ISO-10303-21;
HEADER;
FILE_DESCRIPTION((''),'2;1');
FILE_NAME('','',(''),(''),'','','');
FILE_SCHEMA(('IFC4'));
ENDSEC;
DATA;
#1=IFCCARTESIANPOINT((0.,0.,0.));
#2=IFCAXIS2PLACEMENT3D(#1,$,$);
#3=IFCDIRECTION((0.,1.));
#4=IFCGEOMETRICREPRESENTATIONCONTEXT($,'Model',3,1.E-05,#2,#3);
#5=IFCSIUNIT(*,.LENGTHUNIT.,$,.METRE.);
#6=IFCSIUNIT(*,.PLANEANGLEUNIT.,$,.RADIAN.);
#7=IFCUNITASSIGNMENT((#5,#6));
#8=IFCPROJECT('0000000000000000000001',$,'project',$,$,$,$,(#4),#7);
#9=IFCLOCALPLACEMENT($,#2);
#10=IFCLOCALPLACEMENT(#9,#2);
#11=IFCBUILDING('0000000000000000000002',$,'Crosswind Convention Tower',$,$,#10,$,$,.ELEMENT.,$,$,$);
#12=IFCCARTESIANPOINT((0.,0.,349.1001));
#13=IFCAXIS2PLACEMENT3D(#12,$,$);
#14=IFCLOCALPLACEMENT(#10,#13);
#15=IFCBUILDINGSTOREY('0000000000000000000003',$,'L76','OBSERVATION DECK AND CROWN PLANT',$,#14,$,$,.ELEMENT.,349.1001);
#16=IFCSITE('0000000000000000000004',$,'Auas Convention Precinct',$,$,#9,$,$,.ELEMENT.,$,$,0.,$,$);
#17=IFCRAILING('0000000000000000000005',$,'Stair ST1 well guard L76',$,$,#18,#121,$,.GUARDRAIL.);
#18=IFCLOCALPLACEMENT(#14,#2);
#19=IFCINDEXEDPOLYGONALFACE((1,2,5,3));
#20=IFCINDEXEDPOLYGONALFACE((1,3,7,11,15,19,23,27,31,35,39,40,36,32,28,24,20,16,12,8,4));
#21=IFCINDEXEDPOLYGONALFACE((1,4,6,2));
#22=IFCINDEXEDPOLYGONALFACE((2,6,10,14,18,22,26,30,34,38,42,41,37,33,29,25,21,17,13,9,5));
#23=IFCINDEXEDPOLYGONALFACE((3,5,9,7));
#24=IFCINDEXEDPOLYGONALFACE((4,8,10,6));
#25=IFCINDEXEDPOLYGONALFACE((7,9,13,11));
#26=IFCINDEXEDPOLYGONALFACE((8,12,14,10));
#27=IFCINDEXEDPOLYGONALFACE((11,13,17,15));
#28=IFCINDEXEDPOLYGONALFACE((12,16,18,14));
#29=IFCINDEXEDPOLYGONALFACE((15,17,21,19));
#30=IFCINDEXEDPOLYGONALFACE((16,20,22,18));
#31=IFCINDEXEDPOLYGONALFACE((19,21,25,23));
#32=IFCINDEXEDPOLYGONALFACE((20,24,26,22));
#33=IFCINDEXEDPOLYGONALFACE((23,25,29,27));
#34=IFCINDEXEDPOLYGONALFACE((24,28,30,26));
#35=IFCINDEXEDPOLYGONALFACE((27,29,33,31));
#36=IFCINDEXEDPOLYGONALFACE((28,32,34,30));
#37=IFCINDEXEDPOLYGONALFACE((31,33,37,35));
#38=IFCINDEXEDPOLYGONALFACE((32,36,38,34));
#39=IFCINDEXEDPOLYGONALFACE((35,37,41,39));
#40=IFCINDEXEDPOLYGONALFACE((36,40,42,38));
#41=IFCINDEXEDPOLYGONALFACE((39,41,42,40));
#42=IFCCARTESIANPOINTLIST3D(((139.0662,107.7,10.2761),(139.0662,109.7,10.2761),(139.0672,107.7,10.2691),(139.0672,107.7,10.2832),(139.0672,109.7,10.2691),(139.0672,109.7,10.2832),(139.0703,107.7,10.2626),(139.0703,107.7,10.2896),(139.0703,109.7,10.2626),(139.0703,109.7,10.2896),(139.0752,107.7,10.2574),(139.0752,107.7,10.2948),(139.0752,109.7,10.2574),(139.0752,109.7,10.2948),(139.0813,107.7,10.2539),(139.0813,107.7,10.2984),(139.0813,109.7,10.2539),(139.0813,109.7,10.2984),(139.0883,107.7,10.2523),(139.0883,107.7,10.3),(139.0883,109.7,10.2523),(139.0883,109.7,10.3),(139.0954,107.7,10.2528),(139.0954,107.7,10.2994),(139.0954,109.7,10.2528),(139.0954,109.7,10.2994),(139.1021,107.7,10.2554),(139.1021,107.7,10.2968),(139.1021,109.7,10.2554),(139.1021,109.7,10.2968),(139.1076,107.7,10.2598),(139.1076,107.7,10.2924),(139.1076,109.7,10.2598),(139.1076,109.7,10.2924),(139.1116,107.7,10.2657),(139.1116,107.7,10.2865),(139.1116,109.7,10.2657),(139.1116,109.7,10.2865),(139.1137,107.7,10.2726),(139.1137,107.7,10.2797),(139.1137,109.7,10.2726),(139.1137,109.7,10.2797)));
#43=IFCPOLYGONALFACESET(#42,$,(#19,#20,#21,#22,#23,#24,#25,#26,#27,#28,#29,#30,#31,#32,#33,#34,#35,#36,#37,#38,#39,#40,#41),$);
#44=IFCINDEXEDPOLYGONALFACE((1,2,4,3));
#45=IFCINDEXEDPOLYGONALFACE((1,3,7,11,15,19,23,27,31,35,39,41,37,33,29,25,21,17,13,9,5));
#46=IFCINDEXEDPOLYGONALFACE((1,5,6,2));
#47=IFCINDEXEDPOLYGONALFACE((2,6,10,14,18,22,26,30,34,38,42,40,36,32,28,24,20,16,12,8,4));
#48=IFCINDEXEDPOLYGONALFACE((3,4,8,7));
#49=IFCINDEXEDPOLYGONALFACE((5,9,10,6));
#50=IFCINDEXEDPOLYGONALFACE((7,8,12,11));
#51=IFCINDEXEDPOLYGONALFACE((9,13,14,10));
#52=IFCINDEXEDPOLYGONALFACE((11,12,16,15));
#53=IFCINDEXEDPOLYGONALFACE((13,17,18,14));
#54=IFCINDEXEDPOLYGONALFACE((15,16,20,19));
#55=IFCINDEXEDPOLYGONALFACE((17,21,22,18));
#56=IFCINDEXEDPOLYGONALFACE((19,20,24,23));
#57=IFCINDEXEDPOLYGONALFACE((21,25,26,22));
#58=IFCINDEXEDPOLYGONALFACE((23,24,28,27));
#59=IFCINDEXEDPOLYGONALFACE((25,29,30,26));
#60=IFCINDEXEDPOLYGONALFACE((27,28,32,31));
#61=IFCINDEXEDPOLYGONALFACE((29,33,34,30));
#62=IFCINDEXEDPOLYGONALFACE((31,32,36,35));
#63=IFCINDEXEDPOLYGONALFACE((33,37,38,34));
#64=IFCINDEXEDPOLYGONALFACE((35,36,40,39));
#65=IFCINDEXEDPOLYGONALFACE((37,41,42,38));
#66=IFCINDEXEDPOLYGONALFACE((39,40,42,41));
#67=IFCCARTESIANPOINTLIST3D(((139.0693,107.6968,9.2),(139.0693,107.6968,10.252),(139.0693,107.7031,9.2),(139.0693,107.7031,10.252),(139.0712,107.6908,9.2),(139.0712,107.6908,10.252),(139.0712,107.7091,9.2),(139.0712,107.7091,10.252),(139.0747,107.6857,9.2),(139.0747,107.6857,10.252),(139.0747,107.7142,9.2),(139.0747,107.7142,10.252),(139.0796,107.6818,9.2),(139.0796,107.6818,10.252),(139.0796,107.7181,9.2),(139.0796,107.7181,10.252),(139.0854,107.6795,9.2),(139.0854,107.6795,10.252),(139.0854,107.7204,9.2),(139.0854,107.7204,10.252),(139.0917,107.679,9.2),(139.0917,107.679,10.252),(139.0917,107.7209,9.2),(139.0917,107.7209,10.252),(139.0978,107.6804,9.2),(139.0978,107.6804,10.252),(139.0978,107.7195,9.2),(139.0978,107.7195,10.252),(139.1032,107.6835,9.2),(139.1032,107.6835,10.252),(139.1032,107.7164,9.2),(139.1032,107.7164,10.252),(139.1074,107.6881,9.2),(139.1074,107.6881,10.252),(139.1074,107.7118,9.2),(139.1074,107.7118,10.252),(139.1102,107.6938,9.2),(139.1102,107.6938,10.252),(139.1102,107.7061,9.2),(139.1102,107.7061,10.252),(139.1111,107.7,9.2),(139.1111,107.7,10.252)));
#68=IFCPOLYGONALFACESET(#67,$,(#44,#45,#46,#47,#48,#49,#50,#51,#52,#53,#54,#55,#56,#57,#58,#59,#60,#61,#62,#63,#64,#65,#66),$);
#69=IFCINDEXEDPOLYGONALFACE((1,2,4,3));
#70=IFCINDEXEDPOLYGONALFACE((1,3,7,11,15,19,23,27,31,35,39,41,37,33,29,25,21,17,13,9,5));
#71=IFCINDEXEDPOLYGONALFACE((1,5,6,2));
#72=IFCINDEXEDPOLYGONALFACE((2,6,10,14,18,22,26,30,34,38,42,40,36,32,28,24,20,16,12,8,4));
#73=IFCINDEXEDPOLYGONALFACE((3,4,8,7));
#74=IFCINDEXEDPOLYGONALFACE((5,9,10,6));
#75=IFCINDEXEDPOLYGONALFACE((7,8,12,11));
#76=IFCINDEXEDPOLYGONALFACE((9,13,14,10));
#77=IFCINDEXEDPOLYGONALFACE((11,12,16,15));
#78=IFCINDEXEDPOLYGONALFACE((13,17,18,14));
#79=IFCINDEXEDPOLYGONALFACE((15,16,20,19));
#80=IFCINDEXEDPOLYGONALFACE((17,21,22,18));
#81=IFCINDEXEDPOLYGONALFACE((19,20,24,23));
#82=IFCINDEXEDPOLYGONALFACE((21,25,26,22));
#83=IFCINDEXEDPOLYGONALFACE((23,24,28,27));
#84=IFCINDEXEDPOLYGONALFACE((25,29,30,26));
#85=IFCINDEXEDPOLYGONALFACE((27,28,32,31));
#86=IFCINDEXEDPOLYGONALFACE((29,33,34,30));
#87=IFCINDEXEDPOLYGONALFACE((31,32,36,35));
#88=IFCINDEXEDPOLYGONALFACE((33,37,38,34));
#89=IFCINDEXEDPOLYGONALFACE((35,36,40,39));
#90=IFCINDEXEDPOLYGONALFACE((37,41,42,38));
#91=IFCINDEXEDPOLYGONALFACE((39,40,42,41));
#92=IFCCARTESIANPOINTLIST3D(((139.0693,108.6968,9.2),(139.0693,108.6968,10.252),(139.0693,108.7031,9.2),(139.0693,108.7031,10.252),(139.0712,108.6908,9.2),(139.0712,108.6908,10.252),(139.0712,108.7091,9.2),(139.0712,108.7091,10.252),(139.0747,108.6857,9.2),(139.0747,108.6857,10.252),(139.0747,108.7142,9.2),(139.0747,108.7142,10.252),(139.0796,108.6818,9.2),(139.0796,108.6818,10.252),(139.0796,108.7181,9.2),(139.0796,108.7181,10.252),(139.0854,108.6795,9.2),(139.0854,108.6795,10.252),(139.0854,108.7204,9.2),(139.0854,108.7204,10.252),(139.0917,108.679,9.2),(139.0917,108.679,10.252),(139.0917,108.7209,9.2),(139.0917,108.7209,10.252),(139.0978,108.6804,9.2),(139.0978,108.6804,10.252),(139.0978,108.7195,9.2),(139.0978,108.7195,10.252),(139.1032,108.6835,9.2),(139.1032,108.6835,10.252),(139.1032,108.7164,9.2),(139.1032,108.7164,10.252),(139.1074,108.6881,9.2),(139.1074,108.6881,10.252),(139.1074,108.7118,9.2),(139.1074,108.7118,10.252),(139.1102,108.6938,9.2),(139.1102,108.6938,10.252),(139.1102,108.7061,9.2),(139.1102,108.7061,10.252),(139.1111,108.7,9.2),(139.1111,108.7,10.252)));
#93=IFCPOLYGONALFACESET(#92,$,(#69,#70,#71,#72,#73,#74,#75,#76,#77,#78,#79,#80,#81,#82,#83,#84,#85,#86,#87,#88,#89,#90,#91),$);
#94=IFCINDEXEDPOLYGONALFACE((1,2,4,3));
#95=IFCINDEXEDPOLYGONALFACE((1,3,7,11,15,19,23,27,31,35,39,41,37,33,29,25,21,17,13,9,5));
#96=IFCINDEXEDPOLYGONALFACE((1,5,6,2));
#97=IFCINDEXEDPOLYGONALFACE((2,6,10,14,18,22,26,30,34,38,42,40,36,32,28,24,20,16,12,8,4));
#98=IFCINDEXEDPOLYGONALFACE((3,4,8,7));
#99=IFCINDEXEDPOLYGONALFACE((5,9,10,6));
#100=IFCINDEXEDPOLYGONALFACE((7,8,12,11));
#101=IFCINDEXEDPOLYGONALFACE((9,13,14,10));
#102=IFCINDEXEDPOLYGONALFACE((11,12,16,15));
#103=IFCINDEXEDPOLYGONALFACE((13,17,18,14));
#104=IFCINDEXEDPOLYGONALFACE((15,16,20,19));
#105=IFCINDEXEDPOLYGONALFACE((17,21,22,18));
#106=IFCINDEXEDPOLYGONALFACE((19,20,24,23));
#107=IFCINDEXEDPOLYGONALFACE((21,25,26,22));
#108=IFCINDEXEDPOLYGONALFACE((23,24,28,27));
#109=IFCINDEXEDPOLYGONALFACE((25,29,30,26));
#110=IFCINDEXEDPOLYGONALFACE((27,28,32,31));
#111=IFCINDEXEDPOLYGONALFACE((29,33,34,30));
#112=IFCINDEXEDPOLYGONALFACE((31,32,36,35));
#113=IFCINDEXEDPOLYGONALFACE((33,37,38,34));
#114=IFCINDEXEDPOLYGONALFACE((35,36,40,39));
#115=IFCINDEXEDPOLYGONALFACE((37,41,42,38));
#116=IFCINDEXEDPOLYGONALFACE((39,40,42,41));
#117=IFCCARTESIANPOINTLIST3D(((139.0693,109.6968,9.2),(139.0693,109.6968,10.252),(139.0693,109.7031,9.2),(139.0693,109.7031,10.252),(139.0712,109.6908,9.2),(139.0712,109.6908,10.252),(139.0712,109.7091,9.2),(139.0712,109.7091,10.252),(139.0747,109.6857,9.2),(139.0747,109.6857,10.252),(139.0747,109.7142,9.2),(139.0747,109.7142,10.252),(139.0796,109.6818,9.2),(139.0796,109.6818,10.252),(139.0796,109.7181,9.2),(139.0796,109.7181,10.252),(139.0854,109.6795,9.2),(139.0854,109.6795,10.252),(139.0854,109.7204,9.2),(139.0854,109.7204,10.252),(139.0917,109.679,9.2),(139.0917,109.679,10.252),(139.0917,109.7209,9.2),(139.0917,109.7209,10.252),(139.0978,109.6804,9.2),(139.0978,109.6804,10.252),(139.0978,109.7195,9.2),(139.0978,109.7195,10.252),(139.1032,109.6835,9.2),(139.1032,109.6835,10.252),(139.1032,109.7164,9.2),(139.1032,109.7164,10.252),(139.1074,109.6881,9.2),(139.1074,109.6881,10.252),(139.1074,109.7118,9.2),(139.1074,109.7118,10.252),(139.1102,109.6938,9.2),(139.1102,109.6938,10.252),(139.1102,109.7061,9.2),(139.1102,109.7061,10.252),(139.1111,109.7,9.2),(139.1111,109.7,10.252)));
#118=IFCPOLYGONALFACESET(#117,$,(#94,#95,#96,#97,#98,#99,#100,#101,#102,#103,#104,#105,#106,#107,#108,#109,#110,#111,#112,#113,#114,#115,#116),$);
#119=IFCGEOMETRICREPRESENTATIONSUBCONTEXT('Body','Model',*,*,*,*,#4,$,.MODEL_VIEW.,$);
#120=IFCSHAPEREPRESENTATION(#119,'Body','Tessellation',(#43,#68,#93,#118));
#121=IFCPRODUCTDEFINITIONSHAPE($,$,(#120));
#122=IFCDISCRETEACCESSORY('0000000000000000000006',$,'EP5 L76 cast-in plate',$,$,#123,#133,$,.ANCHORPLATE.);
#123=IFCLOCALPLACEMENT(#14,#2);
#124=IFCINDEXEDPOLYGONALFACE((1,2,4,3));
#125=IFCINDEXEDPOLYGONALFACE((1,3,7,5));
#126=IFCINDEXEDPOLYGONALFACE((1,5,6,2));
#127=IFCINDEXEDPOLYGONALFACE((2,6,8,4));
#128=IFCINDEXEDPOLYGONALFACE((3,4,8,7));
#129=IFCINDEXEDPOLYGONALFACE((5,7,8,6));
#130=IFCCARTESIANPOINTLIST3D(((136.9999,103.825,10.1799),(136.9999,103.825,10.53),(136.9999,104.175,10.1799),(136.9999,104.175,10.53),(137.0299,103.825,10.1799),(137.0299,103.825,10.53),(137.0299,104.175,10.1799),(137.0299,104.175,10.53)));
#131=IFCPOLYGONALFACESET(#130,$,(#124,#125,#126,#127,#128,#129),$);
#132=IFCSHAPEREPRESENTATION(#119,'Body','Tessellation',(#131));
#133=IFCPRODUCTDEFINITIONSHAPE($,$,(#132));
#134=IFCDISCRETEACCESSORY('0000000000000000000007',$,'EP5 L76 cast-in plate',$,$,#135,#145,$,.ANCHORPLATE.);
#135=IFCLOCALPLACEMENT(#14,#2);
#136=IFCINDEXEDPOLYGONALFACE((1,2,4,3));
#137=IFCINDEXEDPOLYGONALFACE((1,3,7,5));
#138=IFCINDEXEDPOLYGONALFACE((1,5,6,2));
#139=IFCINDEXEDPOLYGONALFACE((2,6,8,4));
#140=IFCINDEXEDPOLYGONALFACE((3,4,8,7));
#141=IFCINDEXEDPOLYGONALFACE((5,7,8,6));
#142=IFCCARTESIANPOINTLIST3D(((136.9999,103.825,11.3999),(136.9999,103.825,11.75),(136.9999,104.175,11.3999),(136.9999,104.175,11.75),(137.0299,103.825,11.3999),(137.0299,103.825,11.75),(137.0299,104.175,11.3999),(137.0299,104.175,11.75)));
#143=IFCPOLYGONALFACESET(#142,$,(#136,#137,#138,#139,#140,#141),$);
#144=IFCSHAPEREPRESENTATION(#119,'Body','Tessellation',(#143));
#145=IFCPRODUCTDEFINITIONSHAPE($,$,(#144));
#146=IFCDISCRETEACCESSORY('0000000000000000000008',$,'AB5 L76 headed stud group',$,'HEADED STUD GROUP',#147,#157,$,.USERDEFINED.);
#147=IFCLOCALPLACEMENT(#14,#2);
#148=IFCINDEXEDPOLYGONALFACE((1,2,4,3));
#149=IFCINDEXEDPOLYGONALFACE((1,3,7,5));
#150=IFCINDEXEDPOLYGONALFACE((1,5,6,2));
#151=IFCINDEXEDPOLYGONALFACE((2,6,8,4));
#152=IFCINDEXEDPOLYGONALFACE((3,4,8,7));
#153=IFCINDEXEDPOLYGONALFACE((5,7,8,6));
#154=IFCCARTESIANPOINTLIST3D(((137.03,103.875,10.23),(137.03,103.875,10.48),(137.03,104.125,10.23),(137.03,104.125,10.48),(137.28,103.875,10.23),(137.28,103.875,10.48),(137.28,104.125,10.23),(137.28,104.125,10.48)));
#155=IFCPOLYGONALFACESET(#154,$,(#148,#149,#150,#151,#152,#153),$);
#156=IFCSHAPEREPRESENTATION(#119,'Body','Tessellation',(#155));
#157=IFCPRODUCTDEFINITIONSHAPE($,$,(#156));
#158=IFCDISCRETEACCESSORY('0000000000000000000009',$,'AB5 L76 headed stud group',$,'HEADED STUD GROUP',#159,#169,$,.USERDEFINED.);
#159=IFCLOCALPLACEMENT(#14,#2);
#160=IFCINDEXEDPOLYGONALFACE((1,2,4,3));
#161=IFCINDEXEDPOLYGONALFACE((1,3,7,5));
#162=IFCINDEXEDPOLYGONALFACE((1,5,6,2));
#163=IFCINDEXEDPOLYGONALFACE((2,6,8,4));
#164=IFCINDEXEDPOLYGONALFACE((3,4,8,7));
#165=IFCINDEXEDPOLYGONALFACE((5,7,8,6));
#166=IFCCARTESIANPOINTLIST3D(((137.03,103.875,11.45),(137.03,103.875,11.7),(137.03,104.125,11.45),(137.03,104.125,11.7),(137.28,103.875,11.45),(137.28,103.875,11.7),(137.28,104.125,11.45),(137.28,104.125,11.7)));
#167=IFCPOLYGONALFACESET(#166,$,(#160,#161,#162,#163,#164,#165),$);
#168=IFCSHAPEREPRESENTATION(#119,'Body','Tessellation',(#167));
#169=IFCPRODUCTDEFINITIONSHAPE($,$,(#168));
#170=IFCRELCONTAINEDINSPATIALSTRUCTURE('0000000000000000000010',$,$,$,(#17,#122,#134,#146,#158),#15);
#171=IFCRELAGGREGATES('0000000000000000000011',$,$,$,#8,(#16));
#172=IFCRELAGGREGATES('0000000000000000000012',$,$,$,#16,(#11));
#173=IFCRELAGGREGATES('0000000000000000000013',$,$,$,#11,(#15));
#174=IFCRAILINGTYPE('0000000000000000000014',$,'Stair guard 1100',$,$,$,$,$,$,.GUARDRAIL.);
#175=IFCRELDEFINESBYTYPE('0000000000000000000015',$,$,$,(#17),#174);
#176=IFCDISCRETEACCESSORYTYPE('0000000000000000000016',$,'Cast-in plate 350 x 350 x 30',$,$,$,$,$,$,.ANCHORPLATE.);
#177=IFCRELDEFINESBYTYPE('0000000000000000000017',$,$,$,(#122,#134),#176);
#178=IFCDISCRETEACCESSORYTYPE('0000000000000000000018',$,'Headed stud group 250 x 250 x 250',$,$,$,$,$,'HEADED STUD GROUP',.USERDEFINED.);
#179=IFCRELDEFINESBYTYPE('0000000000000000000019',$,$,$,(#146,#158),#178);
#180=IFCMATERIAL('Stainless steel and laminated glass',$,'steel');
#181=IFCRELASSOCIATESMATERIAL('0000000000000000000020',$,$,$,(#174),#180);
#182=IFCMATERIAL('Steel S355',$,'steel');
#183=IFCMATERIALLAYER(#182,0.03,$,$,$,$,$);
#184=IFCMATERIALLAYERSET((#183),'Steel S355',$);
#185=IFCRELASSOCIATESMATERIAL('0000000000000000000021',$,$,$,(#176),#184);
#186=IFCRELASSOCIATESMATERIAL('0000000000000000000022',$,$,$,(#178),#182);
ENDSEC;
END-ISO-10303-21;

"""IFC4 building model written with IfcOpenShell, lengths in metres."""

from ifc_helpers import new_model, si_unit, direction, frame, origin, origin_2d, place, context, subcontext, project, spatial, rectangle, circle, extrude, material, layer, layer_set, type_object, element, save


model = new_model("IFC4")

# Units and contexts
model_context = context("Model", 3, precision=1e-05, world=origin(), true_north=direction((0.0, 1.0)))
body_context = subcontext(model_context, "Body", "Model", "MODEL_VIEW")
ifc_project = project(units=[si_unit("LENGTHUNIT", "METRE"), si_unit("PLANEANGLEUNIT", "RADIAN")], contexts=[model_context])

# Site, building, storey
site_placement = place(None, origin())
site = spatial("IfcSite", under=ifc_project, at=site_placement, Name="Auas Convention Precinct", CompositionType="ELEMENT", RefElevation=0.0)
building_placement = place(site_placement, origin())
building = spatial("IfcBuilding", under=site, at=building_placement, Name="Crosswind Convention Tower", CompositionType="ELEMENT")
storey_placement = place(building_placement, frame((0.0, 0.0, 349.1001)))
storey = spatial("IfcBuildingStorey", under=building, at=storey_placement, Name="L76", Description="OBSERVATION DECK AND CROWN PLANT", CompositionType="ELEMENT", Elevation=349.1001)

# Railing
ifc_material_1 = material(Name="Stainless steel and laminated glass", Category="steel")
railing_type = type_object("IfcRailingType", Name="Stair guard 1100", PredefinedType="GUARDRAIL", material=ifc_material_1)
railing_placement = place(storey_placement, frame((139.0901, 107.7, 9.2)))
element("IfcRailing", 1, at=railing_placement, inside=storey, type_object=railing_type, Name="Stair ST1 well guard L76", PredefinedType="GUARDRAIL", context=body_context, shape_type="SweptSolid", body=[
    extrude(circle(Radius=0.0239, at=origin_2d()), frame((0.0, 0.0, 1.0762), z_axis=(0.0, 1.0, 0.0), x_axis=(-1.0, 0.0, 0.0)), (0.0, 0.0, 1.0), 2.0),
    extrude(circle(Radius=0.021, at=origin_2d()), origin(), (0.0, 0.0, 1.0), 1.052),
    extrude(circle(Radius=0.021, at=origin_2d()), frame((0.0, 1.0, 0.0)), (0.0, 0.0, 1.0), 1.052),
    extrude(circle(Radius=0.021, at=origin_2d()), frame((0.0, 2.0, 0.0)), (0.0, 0.0, 1.0), 1.052),
])

# Discrete accessories
ifc_material_2 = material(Name="Steel S355", Category="steel")
ifc_layer_1 = layer(ifc_material_2, 0.03)
ifc_layer_set_1 = layer_set([ifc_layer_1], Name="Steel S355")
discrete_accessory_type_1 = type_object("IfcDiscreteAccessoryType", Name="Cast-in plate 350 x 350 x 30", PredefinedType="ANCHORPLATE", material=ifc_layer_set_1)
for number, where, z_axis, x_axis, name in (
    (2, (137.0149, 104.0, 10.1799), (0.0, 0.0, 1.0), (1.0, 0.0, 0.0), "EP5 L76 cast-in plate"),
    (3, (137.0149, 104.0, 11.3999), (0.0, 0.0, 1.0), (1.0, 0.0, 0.0), "EP5 L76 cast-in plate"),
):
    element("IfcDiscreteAccessory", number, at=place(storey_placement, frame(where, z_axis=z_axis, x_axis=x_axis)), inside=storey, type_object=discrete_accessory_type_1, Name=name, PredefinedType="ANCHORPLATE", context=body_context, shape_type="SweptSolid", body=[
        extrude(rectangle(XDim=0.03, YDim=0.3501, at=origin_2d()), origin(), (0.0, 0.0, 1.0), 0.3501),
    ])
discrete_accessory_type_2 = type_object("IfcDiscreteAccessoryType", Name="Headed stud group 250 x 250 x 250", ElementType="HEADED STUD GROUP", PredefinedType="USERDEFINED", material=ifc_material_2)
for number, where, z_axis, x_axis, name in (
    (4, (137.155, 104.0, 10.23), (0.0, 0.0, 1.0), (1.0, 0.0, 0.0), "AB5 L76 headed stud group"),
    (5, (137.155, 104.0, 11.45), (0.0, 0.0, 1.0), (1.0, 0.0, 0.0), "AB5 L76 headed stud group"),
):
    element("IfcDiscreteAccessory", number, at=place(storey_placement, frame(where, z_axis=z_axis, x_axis=x_axis)), inside=storey, type_object=discrete_accessory_type_2, Name=name, ObjectType="HEADED STUD GROUP", PredefinedType="USERDEFINED", context=body_context, shape_type="SweptSolid", body=[
        extrude(rectangle(XDim=0.25, YDim=0.25, at=origin_2d()), origin(), (0.0, 0.0, 1.0), 0.25),
    ])

save(model, "model.ifc")
